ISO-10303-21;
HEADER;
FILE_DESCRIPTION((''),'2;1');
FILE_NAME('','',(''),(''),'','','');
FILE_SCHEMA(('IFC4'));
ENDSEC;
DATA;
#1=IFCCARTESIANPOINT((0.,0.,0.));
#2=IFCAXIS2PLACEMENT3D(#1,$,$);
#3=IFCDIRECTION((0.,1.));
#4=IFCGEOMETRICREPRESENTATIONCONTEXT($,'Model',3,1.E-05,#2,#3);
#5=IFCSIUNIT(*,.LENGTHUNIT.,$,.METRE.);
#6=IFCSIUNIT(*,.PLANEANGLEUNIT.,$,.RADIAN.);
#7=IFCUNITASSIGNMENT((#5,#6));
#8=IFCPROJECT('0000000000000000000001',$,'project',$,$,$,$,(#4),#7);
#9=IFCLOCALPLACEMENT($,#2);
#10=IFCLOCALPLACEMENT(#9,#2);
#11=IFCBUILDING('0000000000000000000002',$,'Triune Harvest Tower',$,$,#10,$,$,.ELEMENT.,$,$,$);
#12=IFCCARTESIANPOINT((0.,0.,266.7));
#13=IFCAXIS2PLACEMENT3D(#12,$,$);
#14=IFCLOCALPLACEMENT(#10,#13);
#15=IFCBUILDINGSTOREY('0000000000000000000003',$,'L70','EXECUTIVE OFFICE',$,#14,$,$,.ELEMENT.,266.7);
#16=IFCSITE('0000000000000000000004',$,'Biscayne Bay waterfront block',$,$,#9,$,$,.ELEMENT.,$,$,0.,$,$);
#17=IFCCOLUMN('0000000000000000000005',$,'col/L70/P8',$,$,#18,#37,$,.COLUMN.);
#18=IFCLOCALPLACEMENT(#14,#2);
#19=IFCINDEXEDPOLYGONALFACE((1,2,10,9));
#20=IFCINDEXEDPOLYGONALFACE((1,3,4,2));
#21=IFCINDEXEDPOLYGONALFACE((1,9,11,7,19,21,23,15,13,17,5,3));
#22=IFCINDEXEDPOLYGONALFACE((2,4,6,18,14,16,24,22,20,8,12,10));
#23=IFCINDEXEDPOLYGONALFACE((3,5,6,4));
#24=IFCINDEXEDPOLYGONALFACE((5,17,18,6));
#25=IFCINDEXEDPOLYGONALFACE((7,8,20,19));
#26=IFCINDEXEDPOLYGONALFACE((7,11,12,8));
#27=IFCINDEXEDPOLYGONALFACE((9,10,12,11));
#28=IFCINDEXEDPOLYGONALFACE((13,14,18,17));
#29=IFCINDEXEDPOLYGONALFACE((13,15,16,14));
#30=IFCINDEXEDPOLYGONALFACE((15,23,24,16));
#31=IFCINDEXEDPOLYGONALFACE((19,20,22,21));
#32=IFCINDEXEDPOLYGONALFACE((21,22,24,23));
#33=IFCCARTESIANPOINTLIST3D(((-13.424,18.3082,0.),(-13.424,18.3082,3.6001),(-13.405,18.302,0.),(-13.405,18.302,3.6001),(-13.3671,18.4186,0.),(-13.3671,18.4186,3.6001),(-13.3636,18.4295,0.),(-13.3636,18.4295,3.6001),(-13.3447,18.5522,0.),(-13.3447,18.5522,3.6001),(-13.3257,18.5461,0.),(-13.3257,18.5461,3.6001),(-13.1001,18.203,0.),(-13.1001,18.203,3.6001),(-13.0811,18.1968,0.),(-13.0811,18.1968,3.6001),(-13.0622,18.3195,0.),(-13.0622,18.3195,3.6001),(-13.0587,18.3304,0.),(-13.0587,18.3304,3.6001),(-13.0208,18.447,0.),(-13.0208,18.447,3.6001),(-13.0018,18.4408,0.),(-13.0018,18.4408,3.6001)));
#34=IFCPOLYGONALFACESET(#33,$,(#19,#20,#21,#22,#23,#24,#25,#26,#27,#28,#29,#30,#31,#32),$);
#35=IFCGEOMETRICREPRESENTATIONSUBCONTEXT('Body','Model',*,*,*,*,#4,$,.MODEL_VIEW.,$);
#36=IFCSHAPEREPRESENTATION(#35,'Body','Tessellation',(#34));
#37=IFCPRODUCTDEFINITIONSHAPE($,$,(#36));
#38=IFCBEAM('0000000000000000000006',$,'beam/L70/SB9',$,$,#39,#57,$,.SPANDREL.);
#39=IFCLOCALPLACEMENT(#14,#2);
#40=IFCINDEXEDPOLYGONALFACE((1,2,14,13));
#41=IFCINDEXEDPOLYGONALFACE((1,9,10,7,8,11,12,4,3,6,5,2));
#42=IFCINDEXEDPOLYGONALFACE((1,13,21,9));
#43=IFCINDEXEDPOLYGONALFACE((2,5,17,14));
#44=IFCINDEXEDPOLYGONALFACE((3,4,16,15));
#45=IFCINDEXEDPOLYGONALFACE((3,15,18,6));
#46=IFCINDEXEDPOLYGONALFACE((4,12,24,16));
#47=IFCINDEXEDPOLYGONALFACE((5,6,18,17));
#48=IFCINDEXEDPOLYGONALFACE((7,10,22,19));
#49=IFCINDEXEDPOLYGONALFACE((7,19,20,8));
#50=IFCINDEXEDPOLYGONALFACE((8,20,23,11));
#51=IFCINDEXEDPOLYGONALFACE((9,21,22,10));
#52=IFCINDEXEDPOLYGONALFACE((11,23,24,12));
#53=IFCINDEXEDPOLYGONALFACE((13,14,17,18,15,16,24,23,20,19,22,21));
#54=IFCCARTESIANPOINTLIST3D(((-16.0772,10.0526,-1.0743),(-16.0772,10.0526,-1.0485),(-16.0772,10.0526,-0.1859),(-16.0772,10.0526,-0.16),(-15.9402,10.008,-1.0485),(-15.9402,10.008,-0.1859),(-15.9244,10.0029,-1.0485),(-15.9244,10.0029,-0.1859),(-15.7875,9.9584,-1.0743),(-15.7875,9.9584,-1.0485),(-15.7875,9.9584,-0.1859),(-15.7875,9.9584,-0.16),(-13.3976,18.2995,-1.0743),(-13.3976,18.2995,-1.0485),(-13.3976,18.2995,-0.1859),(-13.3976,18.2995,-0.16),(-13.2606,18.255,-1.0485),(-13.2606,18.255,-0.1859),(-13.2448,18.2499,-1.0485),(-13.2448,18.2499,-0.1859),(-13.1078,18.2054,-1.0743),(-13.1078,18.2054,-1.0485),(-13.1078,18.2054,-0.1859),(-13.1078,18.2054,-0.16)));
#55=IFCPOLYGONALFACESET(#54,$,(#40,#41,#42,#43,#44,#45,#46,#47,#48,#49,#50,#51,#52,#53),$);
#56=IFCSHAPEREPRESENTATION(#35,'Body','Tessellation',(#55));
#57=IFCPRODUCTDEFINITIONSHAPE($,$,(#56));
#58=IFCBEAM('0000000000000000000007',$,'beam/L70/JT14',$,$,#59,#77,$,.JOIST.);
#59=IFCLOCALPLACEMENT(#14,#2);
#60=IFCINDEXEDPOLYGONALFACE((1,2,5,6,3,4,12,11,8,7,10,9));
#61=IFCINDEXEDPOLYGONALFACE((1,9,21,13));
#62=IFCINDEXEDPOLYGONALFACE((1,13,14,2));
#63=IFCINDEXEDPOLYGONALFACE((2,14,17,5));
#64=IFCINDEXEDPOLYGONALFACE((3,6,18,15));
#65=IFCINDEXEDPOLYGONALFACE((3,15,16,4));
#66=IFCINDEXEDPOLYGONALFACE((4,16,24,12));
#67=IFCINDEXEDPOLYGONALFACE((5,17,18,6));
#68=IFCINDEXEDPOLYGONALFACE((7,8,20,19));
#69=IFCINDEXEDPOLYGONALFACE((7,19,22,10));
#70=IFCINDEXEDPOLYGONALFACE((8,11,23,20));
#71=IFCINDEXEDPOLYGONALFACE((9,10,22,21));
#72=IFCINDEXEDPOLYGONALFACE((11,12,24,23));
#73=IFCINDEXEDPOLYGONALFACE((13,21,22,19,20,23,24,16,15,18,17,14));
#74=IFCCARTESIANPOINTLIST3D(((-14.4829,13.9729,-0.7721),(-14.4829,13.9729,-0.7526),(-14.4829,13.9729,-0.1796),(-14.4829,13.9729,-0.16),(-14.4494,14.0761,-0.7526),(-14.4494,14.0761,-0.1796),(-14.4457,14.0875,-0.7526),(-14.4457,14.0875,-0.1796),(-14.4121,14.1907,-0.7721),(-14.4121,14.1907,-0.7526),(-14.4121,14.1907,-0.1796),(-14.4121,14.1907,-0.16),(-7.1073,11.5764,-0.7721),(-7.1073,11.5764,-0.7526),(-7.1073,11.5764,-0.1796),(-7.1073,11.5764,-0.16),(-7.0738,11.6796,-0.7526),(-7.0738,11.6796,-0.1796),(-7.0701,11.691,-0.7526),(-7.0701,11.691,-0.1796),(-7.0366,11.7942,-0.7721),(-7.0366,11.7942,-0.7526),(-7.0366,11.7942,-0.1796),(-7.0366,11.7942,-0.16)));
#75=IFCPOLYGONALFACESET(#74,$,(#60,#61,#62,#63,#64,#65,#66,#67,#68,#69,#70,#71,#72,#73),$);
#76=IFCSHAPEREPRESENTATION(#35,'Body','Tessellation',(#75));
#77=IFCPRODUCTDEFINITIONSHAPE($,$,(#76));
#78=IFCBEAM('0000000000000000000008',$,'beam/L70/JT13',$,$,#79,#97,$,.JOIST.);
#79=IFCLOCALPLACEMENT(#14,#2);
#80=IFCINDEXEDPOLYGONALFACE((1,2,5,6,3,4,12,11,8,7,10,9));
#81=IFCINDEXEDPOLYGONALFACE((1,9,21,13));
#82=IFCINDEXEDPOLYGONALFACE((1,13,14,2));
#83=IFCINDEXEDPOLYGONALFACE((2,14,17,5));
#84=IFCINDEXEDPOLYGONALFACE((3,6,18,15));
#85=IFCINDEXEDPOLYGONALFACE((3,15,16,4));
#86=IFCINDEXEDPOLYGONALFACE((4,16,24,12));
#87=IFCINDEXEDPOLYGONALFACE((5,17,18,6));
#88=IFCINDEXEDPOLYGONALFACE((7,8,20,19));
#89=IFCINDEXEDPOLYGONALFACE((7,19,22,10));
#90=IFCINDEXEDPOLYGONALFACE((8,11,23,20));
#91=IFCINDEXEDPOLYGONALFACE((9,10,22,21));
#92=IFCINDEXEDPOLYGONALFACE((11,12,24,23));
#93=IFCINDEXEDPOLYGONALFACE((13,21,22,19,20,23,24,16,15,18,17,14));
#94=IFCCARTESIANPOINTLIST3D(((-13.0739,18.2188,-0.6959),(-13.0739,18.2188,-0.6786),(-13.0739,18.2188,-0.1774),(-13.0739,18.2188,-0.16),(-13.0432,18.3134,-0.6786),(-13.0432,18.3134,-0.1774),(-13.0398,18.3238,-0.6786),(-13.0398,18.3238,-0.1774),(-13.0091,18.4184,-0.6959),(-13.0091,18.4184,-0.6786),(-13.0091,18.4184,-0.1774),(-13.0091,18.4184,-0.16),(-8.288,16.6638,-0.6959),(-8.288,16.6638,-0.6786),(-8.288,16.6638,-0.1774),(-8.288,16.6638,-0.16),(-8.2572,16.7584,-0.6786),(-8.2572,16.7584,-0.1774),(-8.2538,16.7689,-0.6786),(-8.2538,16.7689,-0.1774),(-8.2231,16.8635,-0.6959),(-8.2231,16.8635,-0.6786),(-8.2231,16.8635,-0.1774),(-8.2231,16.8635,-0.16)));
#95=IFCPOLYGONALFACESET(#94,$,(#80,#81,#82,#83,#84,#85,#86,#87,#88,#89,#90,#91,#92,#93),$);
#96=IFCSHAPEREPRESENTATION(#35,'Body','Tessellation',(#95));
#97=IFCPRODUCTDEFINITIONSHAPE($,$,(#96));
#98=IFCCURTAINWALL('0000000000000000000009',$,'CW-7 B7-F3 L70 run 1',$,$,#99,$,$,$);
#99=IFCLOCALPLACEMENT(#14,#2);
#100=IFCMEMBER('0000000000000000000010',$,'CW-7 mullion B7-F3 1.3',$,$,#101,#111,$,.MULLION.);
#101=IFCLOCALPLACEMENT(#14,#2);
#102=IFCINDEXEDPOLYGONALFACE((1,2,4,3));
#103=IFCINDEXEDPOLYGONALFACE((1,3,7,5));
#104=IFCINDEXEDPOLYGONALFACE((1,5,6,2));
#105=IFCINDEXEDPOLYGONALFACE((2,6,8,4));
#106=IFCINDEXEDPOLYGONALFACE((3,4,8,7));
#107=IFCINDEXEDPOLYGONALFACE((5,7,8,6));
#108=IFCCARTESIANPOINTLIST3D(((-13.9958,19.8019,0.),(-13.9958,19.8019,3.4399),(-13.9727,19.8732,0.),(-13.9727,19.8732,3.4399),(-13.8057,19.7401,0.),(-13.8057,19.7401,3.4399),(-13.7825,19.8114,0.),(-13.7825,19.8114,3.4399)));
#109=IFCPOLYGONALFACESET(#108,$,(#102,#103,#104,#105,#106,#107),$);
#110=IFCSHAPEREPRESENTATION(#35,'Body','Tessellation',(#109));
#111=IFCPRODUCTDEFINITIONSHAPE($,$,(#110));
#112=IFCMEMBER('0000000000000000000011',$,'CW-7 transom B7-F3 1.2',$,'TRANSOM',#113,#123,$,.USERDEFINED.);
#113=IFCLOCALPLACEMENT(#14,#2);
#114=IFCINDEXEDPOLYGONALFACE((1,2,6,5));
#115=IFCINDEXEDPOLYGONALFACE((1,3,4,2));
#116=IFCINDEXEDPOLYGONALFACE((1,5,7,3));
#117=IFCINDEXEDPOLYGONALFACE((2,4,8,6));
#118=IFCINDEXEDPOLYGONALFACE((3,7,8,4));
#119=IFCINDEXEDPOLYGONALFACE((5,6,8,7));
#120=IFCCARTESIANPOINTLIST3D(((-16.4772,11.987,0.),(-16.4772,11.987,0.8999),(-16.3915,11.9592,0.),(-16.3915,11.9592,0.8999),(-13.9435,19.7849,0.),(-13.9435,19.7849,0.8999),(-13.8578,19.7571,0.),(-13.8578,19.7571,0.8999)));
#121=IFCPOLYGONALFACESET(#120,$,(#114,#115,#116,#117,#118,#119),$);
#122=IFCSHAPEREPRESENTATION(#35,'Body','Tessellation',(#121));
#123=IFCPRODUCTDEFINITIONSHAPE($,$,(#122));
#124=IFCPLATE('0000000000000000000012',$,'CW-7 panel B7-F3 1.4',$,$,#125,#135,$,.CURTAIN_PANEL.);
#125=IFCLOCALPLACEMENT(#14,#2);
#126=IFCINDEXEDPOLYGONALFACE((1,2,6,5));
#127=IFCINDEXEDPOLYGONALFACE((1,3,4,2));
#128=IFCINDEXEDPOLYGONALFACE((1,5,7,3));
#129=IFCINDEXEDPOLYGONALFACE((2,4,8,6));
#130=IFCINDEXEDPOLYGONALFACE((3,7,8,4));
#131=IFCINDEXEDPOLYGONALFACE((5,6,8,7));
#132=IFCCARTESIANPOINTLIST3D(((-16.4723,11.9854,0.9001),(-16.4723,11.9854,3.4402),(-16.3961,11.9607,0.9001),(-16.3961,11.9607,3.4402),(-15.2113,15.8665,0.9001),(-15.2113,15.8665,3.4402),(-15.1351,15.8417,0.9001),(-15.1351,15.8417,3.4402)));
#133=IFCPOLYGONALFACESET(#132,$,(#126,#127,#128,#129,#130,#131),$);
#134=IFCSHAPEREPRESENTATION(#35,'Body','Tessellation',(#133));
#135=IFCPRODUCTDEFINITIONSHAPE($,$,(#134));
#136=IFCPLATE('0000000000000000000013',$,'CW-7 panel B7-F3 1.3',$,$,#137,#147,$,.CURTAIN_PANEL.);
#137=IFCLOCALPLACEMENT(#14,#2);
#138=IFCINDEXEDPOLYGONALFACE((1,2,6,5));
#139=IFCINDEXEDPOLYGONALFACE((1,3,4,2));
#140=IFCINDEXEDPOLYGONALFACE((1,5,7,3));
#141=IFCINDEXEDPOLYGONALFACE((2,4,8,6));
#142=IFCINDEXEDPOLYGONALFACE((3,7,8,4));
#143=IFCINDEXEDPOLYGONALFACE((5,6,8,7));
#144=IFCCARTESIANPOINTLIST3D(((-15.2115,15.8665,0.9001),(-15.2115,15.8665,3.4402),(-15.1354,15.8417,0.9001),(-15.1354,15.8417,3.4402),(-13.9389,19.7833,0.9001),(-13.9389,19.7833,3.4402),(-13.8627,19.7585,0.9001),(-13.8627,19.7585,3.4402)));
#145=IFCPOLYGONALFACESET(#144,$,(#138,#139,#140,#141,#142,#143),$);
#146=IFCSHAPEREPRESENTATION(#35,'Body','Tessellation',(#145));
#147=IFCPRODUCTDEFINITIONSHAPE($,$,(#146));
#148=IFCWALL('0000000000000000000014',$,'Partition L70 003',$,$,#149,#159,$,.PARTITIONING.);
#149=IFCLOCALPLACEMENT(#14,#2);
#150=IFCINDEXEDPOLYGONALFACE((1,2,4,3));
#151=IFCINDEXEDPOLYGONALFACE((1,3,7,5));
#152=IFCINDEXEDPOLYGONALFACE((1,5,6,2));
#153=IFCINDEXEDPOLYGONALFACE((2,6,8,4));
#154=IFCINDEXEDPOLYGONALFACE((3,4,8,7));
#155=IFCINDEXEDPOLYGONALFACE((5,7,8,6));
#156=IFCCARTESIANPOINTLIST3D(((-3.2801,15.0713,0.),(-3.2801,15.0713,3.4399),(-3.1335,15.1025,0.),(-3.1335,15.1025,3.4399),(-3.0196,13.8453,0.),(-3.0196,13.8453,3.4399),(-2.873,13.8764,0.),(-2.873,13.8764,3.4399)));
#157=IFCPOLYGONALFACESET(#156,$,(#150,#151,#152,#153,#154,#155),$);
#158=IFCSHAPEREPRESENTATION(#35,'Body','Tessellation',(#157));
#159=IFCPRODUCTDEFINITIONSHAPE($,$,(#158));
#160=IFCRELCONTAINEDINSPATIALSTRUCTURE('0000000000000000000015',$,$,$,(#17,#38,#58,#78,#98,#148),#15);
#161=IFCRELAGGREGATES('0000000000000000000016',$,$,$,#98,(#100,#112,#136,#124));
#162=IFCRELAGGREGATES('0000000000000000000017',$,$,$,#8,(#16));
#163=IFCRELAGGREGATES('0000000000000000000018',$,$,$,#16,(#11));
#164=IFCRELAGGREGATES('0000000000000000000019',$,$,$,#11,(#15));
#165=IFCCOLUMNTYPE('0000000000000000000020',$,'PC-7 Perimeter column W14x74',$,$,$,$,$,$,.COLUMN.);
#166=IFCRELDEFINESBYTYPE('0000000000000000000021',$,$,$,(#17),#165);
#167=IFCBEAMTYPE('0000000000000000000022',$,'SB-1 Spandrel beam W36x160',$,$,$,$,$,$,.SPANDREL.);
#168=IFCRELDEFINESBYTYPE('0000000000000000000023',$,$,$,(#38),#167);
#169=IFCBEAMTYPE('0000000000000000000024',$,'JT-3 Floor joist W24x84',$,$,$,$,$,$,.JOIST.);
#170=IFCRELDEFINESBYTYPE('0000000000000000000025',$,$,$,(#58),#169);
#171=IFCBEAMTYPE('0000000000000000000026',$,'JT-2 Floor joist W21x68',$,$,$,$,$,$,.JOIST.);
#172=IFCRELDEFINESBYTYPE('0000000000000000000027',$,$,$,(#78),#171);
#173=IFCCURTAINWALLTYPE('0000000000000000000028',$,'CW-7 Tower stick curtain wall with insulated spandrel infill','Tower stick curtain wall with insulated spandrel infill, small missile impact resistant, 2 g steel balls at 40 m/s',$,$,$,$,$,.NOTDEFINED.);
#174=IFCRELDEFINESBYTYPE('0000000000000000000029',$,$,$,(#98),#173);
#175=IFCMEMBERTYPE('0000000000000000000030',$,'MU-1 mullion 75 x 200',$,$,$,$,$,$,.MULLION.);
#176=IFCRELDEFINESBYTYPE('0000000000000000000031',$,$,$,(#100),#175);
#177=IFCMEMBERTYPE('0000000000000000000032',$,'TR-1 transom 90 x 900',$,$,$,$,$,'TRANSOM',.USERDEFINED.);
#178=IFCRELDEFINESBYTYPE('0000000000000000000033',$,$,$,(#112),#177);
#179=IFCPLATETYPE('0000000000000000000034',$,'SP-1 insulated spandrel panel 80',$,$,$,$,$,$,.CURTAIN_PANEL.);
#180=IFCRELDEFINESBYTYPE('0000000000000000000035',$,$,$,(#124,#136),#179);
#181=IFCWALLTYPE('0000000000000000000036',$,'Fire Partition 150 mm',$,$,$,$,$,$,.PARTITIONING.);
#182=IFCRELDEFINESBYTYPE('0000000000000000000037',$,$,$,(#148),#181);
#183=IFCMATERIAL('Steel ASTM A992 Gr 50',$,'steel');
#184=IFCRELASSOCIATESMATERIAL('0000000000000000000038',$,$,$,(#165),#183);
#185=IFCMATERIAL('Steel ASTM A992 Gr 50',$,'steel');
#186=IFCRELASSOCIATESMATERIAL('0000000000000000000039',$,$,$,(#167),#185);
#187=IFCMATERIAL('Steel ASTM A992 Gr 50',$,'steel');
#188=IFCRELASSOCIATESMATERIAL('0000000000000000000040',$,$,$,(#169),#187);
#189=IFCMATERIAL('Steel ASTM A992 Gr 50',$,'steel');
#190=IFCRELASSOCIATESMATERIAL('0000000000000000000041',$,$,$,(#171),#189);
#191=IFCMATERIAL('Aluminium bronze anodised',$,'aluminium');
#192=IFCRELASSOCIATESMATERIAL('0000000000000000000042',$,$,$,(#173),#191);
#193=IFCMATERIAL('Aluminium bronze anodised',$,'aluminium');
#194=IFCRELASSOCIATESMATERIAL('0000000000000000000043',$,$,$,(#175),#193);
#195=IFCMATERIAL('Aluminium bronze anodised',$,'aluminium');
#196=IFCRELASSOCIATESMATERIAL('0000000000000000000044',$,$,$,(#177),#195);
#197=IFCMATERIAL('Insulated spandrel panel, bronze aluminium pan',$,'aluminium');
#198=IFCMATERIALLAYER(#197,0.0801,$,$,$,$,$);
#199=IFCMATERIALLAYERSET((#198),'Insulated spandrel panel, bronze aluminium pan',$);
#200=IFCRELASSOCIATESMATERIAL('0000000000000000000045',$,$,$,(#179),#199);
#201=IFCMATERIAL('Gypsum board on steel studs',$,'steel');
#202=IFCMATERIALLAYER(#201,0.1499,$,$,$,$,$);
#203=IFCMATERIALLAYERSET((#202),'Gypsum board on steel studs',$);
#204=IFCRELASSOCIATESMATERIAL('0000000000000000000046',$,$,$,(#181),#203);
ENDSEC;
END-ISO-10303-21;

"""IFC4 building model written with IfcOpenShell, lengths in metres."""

from ifc_helpers import new_model, si_unit, direction, frame, frame_2d, origin, origin_2d, place, context, subcontext, project, spatial, rectangle, i_section, extrude, source, transform, mapped, material, layer, layer_set, material_profile, profile_set, type_object, element, aggregate, save


model = new_model("IFC4")

# Units and contexts
model_context = context("Model", 3, precision=1e-05, world=origin(), true_north=direction((0.0, 1.0)))
body_context = subcontext(model_context, "Body", "Model", "MODEL_VIEW")
ifc_project = project(units=[si_unit("LENGTHUNIT", "METRE"), si_unit("PLANEANGLEUNIT", "RADIAN")], contexts=[model_context])

# Site, building, storey
site_placement = place(None, origin())
site = spatial("IfcSite", under=ifc_project, at=site_placement, Name="Biscayne Bay waterfront block", CompositionType="ELEMENT", RefElevation=0.0)
building_placement = place(site_placement, origin())
building = spatial("IfcBuilding", under=site, at=building_placement, Name="Triune Harvest Tower", CompositionType="ELEMENT")
storey_placement = place(building_placement, frame((0.0, 0.0, 266.7)))
storey = spatial("IfcBuildingStorey", under=building, at=storey_placement, Name="L70", Description="EXECUTIVE OFFICE", CompositionType="ELEMENT", Elevation=266.7)

# Column
ifc_material_1 = material(Name="Steel ASTM A992 Gr 50", Category="steel")
ifc_material_profile_1 = material_profile(ifc_material_1, i_section(OverallWidth=0.2566, OverallDepth=0.3606, WebThickness=0.0115, FlangeThickness=0.02, at=origin_2d()), Name="W14x74")
ifc_profile_set_1 = profile_set([ifc_material_profile_1], Name="Steel ASTM A992 Gr 50")
column_type = type_object("IfcColumnType", Name="PC-7 Perimeter column W14x74", PredefinedType="COLUMN", material=ifc_profile_set_1)
shared_shape_1 = source(origin(), body_context, "Body", "SweptSolid", [
    extrude(i_section(OverallWidth=0.2566, OverallDepth=0.3606, WebThickness=0.0115, FlangeThickness=0.02, at=origin_2d()), origin(), (0.0, 0.0, 1.0), 3.6001),
])
column_placement = place(storey_placement, frame((-13.2129, 18.3745, 0.0), z_axis=(0.0, 0.0, 1.0), x_axis=(-0.309015, -0.951057, 0.0)))
element("IfcColumn", 1, at=column_placement, inside=storey, type_object=column_type, Name="col/L70/P8", PredefinedType="COLUMN", context=body_context, shape_type="MappedRepresentation", body=[
    mapped(shared_shape_1, transform((0.0, 0.0, 0.0), scale=1.0)),
])

# Beams
ifc_material_2 = material(Name="Steel ASTM A992 Gr 50", Category="steel")
ifc_material_profile_2 = material_profile(ifc_material_2, i_section(OverallWidth=0.3047, OverallDepth=0.9143, WebThickness=0.0166, FlangeThickness=0.0259, at=origin_2d()), Name="W36x160")
ifc_profile_set_2 = profile_set([ifc_material_profile_2], Name="Steel ASTM A992 Gr 50")
beam_type_1 = type_object("IfcBeamType", Name="SB-1 Spandrel beam W36x160", PredefinedType="SPANDREL", material=ifc_profile_set_2)
shared_shape_2 = source(origin(), body_context, "Body", "SweptSolid", [
    extrude(i_section(OverallWidth=0.3047, OverallDepth=0.9143, WebThickness=0.0166, FlangeThickness=0.0259, at=origin_2d()), origin(), (0.0, 0.0, 1.0), 8.6714),
])
beam_1_placement = place(storey_placement, frame((-13.2527, 18.2524, -0.6172), z_axis=(-0.309022, -0.951055, 0.0), x_axis=(0.951055, -0.309022, 0.0)))
element("IfcBeam", 2, at=beam_1_placement, inside=storey, type_object=beam_type_1, Name="beam/L70/SB9", PredefinedType="SPANDREL", context=body_context, shape_type="MappedRepresentation", body=[
    mapped(shared_shape_2, transform((0.0, 0.0, 0.0), scale=1.0)),
])
ifc_material_3 = material(Name="Steel ASTM A992 Gr 50", Category="steel")
ifc_material_profile_3 = material_profile(ifc_material_3, i_section(OverallWidth=0.229, OverallDepth=0.6121, WebThickness=0.012, FlangeThickness=0.0195, at=origin_2d()), Name="W24x84")
ifc_profile_set_3 = profile_set([ifc_material_profile_3], Name="Steel ASTM A992 Gr 50")
beam_type_2 = type_object("IfcBeamType", Name="JT-3 Floor joist W24x84", PredefinedType="JOIST", material=ifc_profile_set_3)
shared_shape_3 = source(origin(), body_context, "Body", "SweptSolid", [
    extrude(i_section(OverallWidth=0.229, OverallDepth=0.6121, WebThickness=0.012, FlangeThickness=0.0195, at=origin_2d()), origin(), (0.0, 0.0, 1.0), 7.7551),
])
beam_2_placement = place(storey_placement, frame((-14.4475, 14.0818, -0.4661), z_axis=(0.951055, -0.309022, 0.0), x_axis=(0.309022, 0.951055, 0.0)))
element("IfcBeam", 3, at=beam_2_placement, inside=storey, type_object=beam_type_2, Name="beam/L70/JT14", PredefinedType="JOIST", context=body_context, shape_type="MappedRepresentation", body=[
    mapped(shared_shape_3, transform((0.0, 0.0, 0.0), scale=1.0)),
])
ifc_material_4 = material(Name="Steel ASTM A992 Gr 50", Category="steel")
ifc_material_profile_4 = material_profile(ifc_material_4, i_section(OverallWidth=0.21, OverallDepth=0.5359, WebThickness=0.011, FlangeThickness=0.0173, at=origin_2d()), Name="W21x68")
ifc_profile_set_4 = profile_set([ifc_material_profile_4], Name="Steel ASTM A992 Gr 50")
beam_type_3 = type_object("IfcBeamType", Name="JT-2 Floor joist W21x68", PredefinedType="JOIST", material=ifc_profile_set_4)
shared_shape_4 = source(origin(), body_context, "Body", "SweptSolid", [
    extrude(i_section(OverallWidth=0.21, OverallDepth=0.5359, WebThickness=0.011, FlangeThickness=0.0173, at=origin_2d()), origin(), (0.0, 0.0, 1.0), 5.0322),
])
beam_3_placement = place(storey_placement, frame((-13.0415, 18.3186, -0.428), z_axis=(0.951062, -0.308999, 0.0), x_axis=(0.308999, 0.951062, 0.0)))
element("IfcBeam", 4, at=beam_3_placement, inside=storey, type_object=beam_type_3, Name="beam/L70/JT13", PredefinedType="JOIST", context=body_context, shape_type="MappedRepresentation", body=[
    mapped(shared_shape_4, transform((0.0, 0.0, 0.0), scale=1.0)),
])

# Curtain wall, members, plates
ifc_material_5 = material(Name="Aluminium bronze anodised", Category="aluminium")
curtain_wall_type = type_object("IfcCurtainWallType", Name="CW-7 Tower stick curtain wall with insulated spandrel infill", Description="Tower stick curtain wall with insulated spandrel infill, small missile impact resistant, 2 g steel balls at 40 m/s", PredefinedType="NOTDEFINED", material=ifc_material_5)
curtain_wall_placement = place(storey_placement, origin())
curtain_wall = element("IfcCurtainWall", 5, at=curtain_wall_placement, inside=storey, type_object=curtain_wall_type, Name="CW-7 B7-F3 L70 run 1")
ifc_material_6 = material(Name="Aluminium bronze anodised", Category="aluminium")
ifc_material_profile_5 = material_profile(ifc_material_6, rectangle(XDim=0.2, YDim=0.075, at=origin_2d()), Name="MU-1 mullion 75 x 200")
ifc_profile_set_5 = profile_set([ifc_material_profile_5], Name="Aluminium bronze anodised")
member_type_1 = type_object("IfcMemberType", Name="MU-1 mullion 75 x 200", PredefinedType="MULLION", material=ifc_profile_set_5)
shared_shape_5 = source(origin(), body_context, "Body", "SweptSolid", [
    extrude(rectangle(XDim=0.2, YDim=0.075, at=origin_2d()), origin(), (0.0, 0.0, 1.0), 3.4399),
])
member_1_placement = place(storey_placement, frame((-13.8892, 19.8066, 0.0), z_axis=(0.0, 0.0, 1.0), x_axis=(0.951058, -0.309014, 0.0)))
member_1 = element("IfcMember", 6, at=member_1_placement, type_object=member_type_1, Name="CW-7 mullion B7-F3 1.3", PredefinedType="MULLION", context=body_context, shape_type="MappedRepresentation", body=[
    mapped(shared_shape_5, transform((0.0, 0.0, 0.0), scale=1.0)),
])
ifc_material_7 = material(Name="Aluminium bronze anodised", Category="aluminium")
ifc_material_profile_6 = material_profile(ifc_material_7, rectangle(XDim=0.0901, YDim=0.8999, at=origin_2d()), Name="TR-1 transom 90 x 900")
ifc_profile_set_6 = profile_set([ifc_material_profile_6], Name="Aluminium bronze anodised")
member_type_2 = type_object("IfcMemberType", Name="TR-1 transom 90 x 900", ElementType="TRANSOM", PredefinedType="USERDEFINED", material=ifc_profile_set_6)
shared_shape_6 = source(origin(), body_context, "Body", "SweptSolid", [
    extrude(rectangle(XDim=0.0901, YDim=0.8999, at=origin_2d()), origin(), (0.0, 0.0, 1.0), 8.1992),
])
member_2_placement = place(storey_placement, frame((-13.9006, 19.771, 0.45), z_axis=(-0.309019, -0.951056, 0.0), x_axis=(0.951056, -0.309019, 0.0)))
member_2 = element("IfcMember", 7, at=member_2_placement, type_object=member_type_2, Name="CW-7 transom B7-F3 1.2", ObjectType="TRANSOM", PredefinedType="USERDEFINED", context=body_context, shape_type="MappedRepresentation", body=[
    mapped(shared_shape_6, transform((0.0, 0.0, 0.0), scale=1.0)),
])
ifc_material_8 = material(Name="Insulated spandrel panel, bronze aluminium pan", Category="aluminium")
ifc_layer_1 = layer(ifc_material_8, 0.0801)
ifc_layer_set_1 = layer_set([ifc_layer_1], Name="Insulated spandrel panel, bronze aluminium pan")
plate_type = type_object("IfcPlateType", Name="SP-1 insulated spandrel panel 80", PredefinedType="CURTAIN_PANEL", material=ifc_layer_set_1)
shared_shape_7 = source(origin(), body_context, "Body", "SweptSolid", [
    extrude(rectangle(XDim=4.0808, YDim=0.0801, at=origin_2d()), origin(), (0.0, 0.0, 1.0), 2.54),
])
plate_1_placement = place(storey_placement, frame((-15.8037, 13.9136, 0.9001), z_axis=(0.0, 0.0, 1.0), x_axis=(-0.309014, -0.951058, 0.0)))
plate_1 = element("IfcPlate", 8, at=plate_1_placement, type_object=plate_type, Name="CW-7 panel B7-F3 1.4", PredefinedType="CURTAIN_PANEL", context=body_context, shape_type="MappedRepresentation", body=[
    mapped(shared_shape_7, transform((0.0, 0.0, 0.0), scale=1.0)),
])
shared_shape_8 = source(origin(), body_context, "Body", "SweptSolid", [
    extrude(rectangle(XDim=4.1184, YDim=0.0801, at=origin_2d()), origin(), (0.0, 0.0, 1.0), 2.54),
])
plate_2_placement = place(storey_placement, frame((-14.5371, 17.8125, 0.9001), z_axis=(0.0, 0.0, 1.0), x_axis=(-0.309014, -0.951058, 0.0)))
plate_2 = element("IfcPlate", 9, at=plate_2_placement, type_object=plate_type, Name="CW-7 panel B7-F3 1.3", PredefinedType="CURTAIN_PANEL", context=body_context, shape_type="MappedRepresentation", body=[
    mapped(shared_shape_8, transform((0.0, 0.0, 0.0), scale=1.0)),
])
aggregate(curtain_wall, [member_1, member_2, plate_2, plate_1])

# Wall
ifc_material_9 = material(Name="Gypsum board on steel studs", Category="steel")
ifc_layer_2 = layer(ifc_material_9, 0.1499)
ifc_layer_set_2 = layer_set([ifc_layer_2], Name="Gypsum board on steel studs")
wall_type = type_object("IfcWallType", Name="Fire Partition 150 mm", PredefinedType="PARTITIONING", material=ifc_layer_set_2)
shared_shape_9 = source(origin(), body_context, "Body", "SweptSolid", [
    extrude(rectangle(XDim=1.2534, YDim=0.1499, at=frame_2d((0.6267, 0.0))), origin(), (0.0, 0.0, 1.0), 3.4399),
])
wall_1_placement = place(storey_placement, frame((-3.2068, 15.0869, 0.0), z_axis=(0.0, 0.0, 1.0), x_axis=(0.207826, -0.978166, 0.0)))
element("IfcWall", 10, at=wall_1_placement, inside=storey, type_object=wall_type, Name="Partition L70 003", PredefinedType="PARTITIONING", context=body_context, shape_type="MappedRepresentation", body=[
    mapped(shared_shape_9, transform((0.0, 0.0, 0.0), scale=1.0)),
])

save(model, "model.ifc")
